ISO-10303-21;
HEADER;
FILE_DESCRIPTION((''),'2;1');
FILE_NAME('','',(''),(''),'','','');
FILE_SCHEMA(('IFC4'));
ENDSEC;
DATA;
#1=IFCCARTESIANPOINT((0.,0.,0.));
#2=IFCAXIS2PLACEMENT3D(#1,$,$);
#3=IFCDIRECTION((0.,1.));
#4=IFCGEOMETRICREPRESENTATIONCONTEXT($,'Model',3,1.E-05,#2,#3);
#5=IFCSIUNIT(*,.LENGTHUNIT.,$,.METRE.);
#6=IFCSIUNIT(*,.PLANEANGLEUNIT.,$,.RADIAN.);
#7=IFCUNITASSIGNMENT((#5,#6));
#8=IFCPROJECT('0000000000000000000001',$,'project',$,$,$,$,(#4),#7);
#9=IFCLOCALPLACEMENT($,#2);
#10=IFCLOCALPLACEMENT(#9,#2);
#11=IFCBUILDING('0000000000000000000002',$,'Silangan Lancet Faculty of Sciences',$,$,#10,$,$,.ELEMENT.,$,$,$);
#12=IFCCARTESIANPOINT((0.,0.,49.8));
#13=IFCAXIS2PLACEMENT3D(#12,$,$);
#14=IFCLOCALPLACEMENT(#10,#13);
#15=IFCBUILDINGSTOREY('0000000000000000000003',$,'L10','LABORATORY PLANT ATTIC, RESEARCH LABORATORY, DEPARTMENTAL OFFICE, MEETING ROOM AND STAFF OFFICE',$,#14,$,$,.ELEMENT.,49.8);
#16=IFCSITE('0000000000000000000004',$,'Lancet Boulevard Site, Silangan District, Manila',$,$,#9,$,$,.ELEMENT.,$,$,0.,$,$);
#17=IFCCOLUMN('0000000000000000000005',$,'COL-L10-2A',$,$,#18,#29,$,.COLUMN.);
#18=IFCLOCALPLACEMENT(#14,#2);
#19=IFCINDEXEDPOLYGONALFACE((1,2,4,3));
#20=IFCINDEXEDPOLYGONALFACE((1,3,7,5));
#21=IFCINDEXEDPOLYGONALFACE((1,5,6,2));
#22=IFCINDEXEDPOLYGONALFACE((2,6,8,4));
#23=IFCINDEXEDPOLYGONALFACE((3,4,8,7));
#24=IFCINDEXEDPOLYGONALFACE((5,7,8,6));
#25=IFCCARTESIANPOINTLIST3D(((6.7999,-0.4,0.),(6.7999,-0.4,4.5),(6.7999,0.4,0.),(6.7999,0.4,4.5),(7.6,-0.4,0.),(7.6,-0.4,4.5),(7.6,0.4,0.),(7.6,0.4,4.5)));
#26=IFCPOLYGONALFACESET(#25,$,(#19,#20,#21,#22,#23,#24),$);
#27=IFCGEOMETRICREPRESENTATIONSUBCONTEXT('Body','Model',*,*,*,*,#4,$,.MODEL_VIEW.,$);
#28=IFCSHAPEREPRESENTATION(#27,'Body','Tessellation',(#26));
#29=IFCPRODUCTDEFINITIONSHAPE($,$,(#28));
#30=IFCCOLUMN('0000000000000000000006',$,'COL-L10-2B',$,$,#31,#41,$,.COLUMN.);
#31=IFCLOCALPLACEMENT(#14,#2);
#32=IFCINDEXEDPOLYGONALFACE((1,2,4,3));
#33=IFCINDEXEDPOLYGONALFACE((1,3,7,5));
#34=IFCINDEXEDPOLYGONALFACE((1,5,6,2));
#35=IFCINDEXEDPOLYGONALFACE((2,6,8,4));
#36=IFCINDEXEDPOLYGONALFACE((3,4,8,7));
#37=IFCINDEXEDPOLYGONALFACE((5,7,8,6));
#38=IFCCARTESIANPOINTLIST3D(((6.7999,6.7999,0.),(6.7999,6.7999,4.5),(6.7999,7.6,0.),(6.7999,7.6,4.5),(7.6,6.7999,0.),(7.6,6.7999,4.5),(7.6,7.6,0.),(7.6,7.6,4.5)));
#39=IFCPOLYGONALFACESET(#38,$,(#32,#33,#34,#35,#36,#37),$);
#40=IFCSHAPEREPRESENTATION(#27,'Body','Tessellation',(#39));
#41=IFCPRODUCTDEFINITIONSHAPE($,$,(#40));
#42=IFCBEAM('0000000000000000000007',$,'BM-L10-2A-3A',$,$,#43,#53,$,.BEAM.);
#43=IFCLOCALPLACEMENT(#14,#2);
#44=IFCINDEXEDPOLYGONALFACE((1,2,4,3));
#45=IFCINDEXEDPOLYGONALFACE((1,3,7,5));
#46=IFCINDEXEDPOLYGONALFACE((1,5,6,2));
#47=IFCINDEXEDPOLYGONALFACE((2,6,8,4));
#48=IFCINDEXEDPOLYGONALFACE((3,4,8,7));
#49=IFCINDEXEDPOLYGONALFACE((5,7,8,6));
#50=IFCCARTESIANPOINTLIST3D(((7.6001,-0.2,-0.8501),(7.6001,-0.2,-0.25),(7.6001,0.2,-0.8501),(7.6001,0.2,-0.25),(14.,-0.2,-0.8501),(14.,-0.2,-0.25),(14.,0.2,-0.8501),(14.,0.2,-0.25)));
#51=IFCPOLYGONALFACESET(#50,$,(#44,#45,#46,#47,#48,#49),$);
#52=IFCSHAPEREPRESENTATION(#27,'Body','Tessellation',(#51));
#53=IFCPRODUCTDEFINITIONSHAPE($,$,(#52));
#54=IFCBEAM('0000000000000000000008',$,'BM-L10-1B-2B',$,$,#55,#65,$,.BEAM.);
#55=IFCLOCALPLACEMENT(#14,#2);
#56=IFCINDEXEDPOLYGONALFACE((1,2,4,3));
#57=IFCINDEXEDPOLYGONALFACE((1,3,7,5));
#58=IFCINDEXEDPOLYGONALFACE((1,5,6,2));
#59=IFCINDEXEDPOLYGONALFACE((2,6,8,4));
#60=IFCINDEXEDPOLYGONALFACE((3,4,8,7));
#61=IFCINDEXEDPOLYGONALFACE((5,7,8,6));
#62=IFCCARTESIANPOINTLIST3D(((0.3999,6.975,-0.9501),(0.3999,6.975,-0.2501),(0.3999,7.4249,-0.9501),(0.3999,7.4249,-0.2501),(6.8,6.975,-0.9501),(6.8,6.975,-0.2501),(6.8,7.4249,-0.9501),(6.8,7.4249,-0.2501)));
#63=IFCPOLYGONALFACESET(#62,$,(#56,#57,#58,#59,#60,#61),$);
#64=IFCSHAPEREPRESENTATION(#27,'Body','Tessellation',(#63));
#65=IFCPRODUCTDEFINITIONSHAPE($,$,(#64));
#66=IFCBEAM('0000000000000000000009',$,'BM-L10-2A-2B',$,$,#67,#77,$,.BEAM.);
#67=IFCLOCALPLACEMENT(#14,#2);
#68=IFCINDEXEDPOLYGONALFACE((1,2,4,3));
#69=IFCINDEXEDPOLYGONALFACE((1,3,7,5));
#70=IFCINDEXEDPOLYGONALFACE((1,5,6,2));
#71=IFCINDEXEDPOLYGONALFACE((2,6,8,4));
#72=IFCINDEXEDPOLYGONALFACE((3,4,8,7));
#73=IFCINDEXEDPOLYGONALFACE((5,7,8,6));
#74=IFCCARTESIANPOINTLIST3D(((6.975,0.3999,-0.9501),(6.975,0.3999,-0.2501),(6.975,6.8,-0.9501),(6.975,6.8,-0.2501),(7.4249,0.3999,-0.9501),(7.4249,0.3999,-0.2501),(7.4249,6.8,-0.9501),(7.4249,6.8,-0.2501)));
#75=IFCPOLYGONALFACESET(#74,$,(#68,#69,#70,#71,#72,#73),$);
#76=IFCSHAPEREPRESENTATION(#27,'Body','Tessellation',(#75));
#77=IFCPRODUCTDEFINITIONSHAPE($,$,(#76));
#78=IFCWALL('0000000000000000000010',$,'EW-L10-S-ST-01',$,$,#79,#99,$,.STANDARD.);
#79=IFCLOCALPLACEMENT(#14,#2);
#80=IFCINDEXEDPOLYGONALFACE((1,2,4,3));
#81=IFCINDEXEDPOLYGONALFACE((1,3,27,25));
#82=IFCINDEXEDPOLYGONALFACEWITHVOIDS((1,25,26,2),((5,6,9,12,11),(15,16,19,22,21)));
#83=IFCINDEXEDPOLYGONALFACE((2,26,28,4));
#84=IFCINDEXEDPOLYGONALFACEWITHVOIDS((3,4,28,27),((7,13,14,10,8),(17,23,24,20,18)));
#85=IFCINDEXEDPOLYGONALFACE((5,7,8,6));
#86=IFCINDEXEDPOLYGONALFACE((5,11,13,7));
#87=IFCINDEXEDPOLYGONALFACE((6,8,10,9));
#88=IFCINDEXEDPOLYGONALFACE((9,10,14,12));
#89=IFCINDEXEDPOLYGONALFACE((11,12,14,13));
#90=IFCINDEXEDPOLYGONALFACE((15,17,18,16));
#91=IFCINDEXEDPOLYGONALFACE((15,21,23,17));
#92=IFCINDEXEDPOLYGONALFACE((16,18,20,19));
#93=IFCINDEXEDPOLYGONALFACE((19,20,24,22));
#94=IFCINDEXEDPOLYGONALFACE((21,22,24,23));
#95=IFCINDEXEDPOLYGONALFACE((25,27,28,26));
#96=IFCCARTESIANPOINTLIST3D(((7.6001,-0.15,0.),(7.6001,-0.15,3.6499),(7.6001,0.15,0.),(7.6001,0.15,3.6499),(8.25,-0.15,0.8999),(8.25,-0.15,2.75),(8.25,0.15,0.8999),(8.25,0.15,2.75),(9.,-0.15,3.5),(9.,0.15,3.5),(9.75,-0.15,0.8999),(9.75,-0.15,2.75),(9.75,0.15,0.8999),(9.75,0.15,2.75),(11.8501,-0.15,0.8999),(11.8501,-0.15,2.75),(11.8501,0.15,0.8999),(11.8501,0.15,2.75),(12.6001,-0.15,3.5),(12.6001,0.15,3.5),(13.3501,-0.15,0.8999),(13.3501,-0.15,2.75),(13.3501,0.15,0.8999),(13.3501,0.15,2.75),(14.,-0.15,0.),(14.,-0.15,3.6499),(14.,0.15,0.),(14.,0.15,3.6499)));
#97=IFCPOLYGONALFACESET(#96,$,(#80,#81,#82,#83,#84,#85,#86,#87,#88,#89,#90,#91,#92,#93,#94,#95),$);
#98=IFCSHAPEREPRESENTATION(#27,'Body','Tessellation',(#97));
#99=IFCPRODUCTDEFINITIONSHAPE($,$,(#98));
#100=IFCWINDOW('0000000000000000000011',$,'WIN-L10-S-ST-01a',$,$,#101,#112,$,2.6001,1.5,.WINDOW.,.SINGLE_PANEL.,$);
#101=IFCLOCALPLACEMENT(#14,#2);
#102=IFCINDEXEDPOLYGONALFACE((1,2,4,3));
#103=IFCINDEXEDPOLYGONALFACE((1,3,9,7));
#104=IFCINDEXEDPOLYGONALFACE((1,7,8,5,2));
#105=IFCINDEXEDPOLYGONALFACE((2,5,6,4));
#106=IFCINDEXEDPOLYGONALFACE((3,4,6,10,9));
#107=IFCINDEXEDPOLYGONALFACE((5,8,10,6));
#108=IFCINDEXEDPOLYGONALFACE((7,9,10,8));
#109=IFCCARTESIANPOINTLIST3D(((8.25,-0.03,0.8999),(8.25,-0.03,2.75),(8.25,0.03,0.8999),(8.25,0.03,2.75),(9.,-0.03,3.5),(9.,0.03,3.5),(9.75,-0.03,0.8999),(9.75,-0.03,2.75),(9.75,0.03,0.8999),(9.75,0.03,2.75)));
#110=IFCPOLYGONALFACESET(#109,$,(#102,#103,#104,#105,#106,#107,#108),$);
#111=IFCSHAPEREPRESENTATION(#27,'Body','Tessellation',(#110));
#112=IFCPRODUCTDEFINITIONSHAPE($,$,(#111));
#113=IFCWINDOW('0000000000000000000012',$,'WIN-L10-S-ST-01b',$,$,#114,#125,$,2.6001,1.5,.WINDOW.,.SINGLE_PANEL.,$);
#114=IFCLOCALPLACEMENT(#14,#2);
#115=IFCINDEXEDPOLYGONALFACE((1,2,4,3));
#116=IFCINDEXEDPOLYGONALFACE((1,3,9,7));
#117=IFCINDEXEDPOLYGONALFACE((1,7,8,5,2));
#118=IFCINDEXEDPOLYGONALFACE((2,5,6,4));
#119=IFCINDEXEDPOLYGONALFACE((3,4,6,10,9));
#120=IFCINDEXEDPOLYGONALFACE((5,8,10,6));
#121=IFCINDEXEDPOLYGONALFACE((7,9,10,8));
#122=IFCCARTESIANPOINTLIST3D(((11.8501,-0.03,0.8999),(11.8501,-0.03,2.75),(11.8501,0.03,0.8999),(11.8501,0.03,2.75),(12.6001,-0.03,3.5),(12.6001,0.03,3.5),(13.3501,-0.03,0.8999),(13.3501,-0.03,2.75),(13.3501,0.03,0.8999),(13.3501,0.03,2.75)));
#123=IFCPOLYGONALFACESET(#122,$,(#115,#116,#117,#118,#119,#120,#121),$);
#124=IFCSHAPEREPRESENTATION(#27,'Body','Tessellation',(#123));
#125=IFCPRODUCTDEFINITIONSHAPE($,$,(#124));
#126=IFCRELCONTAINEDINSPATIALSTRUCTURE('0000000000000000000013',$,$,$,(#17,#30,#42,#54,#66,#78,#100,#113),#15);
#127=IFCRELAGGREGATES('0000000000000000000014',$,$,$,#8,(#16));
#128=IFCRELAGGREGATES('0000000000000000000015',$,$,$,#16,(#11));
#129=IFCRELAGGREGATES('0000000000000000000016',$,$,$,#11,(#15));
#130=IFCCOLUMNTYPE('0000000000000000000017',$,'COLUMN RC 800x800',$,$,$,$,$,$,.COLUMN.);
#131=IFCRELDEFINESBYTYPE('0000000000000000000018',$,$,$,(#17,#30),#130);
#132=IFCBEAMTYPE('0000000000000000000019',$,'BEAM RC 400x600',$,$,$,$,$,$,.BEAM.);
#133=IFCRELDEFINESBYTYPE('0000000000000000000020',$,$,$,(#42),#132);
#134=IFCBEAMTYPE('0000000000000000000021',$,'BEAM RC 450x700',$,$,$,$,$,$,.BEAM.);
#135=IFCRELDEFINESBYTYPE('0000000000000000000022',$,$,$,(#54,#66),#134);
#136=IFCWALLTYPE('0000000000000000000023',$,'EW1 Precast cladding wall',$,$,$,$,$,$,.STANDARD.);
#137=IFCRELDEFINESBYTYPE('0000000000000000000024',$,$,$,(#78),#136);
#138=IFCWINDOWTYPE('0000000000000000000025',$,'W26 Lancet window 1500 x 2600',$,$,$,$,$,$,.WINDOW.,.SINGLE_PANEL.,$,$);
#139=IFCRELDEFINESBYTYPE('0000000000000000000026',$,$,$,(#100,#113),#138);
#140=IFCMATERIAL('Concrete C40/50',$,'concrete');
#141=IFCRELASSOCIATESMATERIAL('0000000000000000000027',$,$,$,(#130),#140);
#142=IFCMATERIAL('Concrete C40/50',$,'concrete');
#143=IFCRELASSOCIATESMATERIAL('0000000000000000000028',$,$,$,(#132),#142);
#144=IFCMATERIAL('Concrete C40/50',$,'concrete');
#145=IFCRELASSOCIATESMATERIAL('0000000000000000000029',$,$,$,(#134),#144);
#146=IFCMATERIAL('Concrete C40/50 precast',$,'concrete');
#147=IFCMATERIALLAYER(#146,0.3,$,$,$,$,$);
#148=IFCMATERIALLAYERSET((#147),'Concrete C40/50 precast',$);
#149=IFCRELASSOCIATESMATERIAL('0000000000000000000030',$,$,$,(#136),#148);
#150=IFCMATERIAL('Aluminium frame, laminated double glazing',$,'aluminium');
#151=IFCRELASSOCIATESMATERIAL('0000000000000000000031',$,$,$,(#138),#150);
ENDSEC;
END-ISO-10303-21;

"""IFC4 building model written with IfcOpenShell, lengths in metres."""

from ifc_helpers import new_model, si_unit, direction, frame, frame_2d, origin, origin_2d, place, context, subcontext, project, spatial, polyline, rectangle, outline, extrude, material, layer, layer_set, material_profile, profile_set, type_object, element, fill, save


model = new_model("IFC4")

# Units and contexts
model_context = context("Model", 3, precision=1e-05, world=origin(), true_north=direction((0.0, 1.0)))
body_context = subcontext(model_context, "Body", "Model", "MODEL_VIEW")
ifc_project = project(units=[si_unit("LENGTHUNIT", "METRE"), si_unit("PLANEANGLEUNIT", "RADIAN")], contexts=[model_context])

# Site, building, storey
site_placement = place(None, origin())
site = spatial("IfcSite", under=ifc_project, at=site_placement, Name="Lancet Boulevard Site, Silangan District, Manila", CompositionType="ELEMENT", RefElevation=0.0)
building_placement = place(site_placement, origin())
building = spatial("IfcBuilding", under=site, at=building_placement, Name="Silangan Lancet Faculty of Sciences", CompositionType="ELEMENT")
storey_placement = place(building_placement, frame((0.0, 0.0, 49.8)))
storey = spatial("IfcBuildingStorey", under=building, at=storey_placement, Name="L10", Description="LABORATORY PLANT ATTIC, RESEARCH LABORATORY, DEPARTMENTAL OFFICE, MEETING ROOM AND STAFF OFFICE", CompositionType="ELEMENT", Elevation=49.8)

# Columns
ifc_material_1 = material(Name="Concrete C40/50", Category="concrete")
ifc_material_profile_1 = material_profile(ifc_material_1, rectangle(XDim=0.8, YDim=0.8, at=origin_2d()), Name="RC 800x800")
ifc_profile_set_1 = profile_set([ifc_material_profile_1], Name="Concrete C40/50")
column_type = type_object("IfcColumnType", Name="COLUMN RC 800x800", PredefinedType="COLUMN", material=ifc_profile_set_1)
for number, where, z_axis, x_axis, name in (
    (1, (7.2, 0.0, 0.0), (0.0, 0.0, 1.0), (1.0, 0.0, 0.0), "COL-L10-2A"),
    (2, (7.2, 7.2, 0.0), (0.0, 0.0, 1.0), (1.0, 0.0, 0.0), "COL-L10-2B"),
):
    element("IfcColumn", number, at=place(storey_placement, frame(where, z_axis=z_axis, x_axis=x_axis)), inside=storey, type_object=column_type, Name=name, PredefinedType="COLUMN", context=body_context, shape_type="SweptSolid", body=[
        extrude(rectangle(XDim=0.8, YDim=0.8, at=origin_2d()), origin(), (0.0, 0.0, 1.0), 4.5),
    ])

# Beams
ifc_material_2 = material(Name="Concrete C40/50", Category="concrete")
ifc_material_profile_2 = material_profile(ifc_material_2, rectangle(XDim=0.3999, YDim=0.6001, at=origin_2d()), Name="RC 400x600")
ifc_profile_set_2 = profile_set([ifc_material_profile_2], Name="Concrete C40/50")
beam_type_1 = type_object("IfcBeamType", Name="BEAM RC 400x600", PredefinedType="BEAM", material=ifc_profile_set_2)
beam_placement = place(storey_placement, frame((7.6001, 0.0, -0.55), z_axis=(1.0, 0.0, 0.0), x_axis=(0.0, 1.0, 0.0)))
element("IfcBeam", 3, at=beam_placement, inside=storey, type_object=beam_type_1, Name="BM-L10-2A-3A", PredefinedType="BEAM", context=body_context, shape_type="SweptSolid", body=[
    extrude(rectangle(XDim=0.3999, YDim=0.6001, at=origin_2d()), origin(), (0.0, 0.0, 1.0), 6.3999),
])
ifc_material_3 = material(Name="Concrete C40/50", Category="concrete")
ifc_material_profile_3 = material_profile(ifc_material_3, rectangle(XDim=0.45, YDim=0.7, at=origin_2d()), Name="RC 450x700")
ifc_profile_set_3 = profile_set([ifc_material_profile_3], Name="Concrete C40/50")
beam_type_2 = type_object("IfcBeamType", Name="BEAM RC 450x700", PredefinedType="BEAM", material=ifc_profile_set_3)
for number, where, z_axis, x_axis, name in (
    (4, (0.3999, 7.2, -0.6001), (1.0, 0.0, 0.0), (0.0, 1.0, 0.0), "BM-L10-1B-2B"),
    (5, (7.2, 0.3999, -0.6001), (0.0, 1.0, 0.0), (-1.0, 0.0, 0.0), "BM-L10-2A-2B"),
):
    element("IfcBeam", number, at=place(storey_placement, frame(where, z_axis=z_axis, x_axis=x_axis)), inside=storey, type_object=beam_type_2, Name=name, PredefinedType="BEAM", context=body_context, shape_type="SweptSolid", body=[
        extrude(rectangle(XDim=0.45, YDim=0.7, at=origin_2d()), origin(), (0.0, 0.0, 1.0), 6.4001),
    ])

# Wall, openings, windows
ifc_material_4 = material(Name="Concrete C40/50 precast", Category="concrete")
ifc_layer_1 = layer(ifc_material_4, 0.3)
ifc_layer_set_1 = layer_set([ifc_layer_1], Name="Concrete C40/50 precast")
wall_type_1 = type_object("IfcWallType", Name="EW1 Precast cladding wall", PredefinedType="STANDARD", material=ifc_layer_set_1)
wall_1_placement = place(storey_placement, frame((7.6001, 0.0, 0.0), z_axis=(0.0, 0.0, 1.0), x_axis=(1.0, 0.0, 0.0)))
wall_1 = element("IfcWall", 6, at=wall_1_placement, inside=storey, type_object=wall_type_1, Name="EW-L10-S-ST-01", PredefinedType="STANDARD", context=body_context, shape_type="SweptSolid", body=[
    extrude(rectangle(XDim=6.3999, YDim=0.3, at=frame_2d((3.2, 0.0))), origin(), (0.0, 0.0, 1.0), 3.6499),
])
opening_1_placement = place(wall_1_placement, frame((0.6499, 0.0, 0.8999)))
opening_1 = element("IfcOpeningElement", 7, at=opening_1_placement, cuts=wall_1, PredefinedType="OPENING", context=body_context, shape_type="SweptSolid", body=[
    extrude(outline(polyline([(0.0, 0.0), (1.5, 0.0), (1.5, 1.8501), (0.75, 2.6001), (0.0, 1.8501), (0.0, 0.0)])), frame((0.0, 0.1599, 0.0), z_axis=(0.0, -1.0, 0.0), x_axis=(1.0, 0.0, 0.0)), (0.0, 0.0, 1.0), 0.3201),
])
opening_2_placement = place(wall_1_placement, frame((4.25, 0.0, 0.8999)))
opening_2 = element("IfcOpeningElement", 8, at=opening_2_placement, cuts=wall_1, PredefinedType="OPENING", context=body_context, shape_type="SweptSolid", body=[
    extrude(outline(polyline([(0.0, 0.0), (1.5, 0.0), (1.5, 1.8501), (0.75, 2.6001), (0.0, 1.8501), (0.0, 0.0)])), frame((0.0, 0.1599, 0.0), z_axis=(0.0, -1.0, 0.0), x_axis=(1.0, 0.0, 0.0)), (0.0, 0.0, 1.0), 0.3201),
])
ifc_material_5 = material(Name="Aluminium frame, laminated double glazing", Category="aluminium")
window_type = type_object("IfcWindowType", Name="W26 Lancet window 1500 x 2600", PartitioningType="SINGLE_PANEL", PredefinedType="WINDOW", material=ifc_material_5)
window_1_placement = place(opening_1_placement, origin())
window_1 = element("IfcWindow", 9, at=window_1_placement, inside=storey, type_object=window_type, Name="WIN-L10-S-ST-01a", OverallHeight=2.6001, OverallWidth=1.5, PartitioningType="SINGLE_PANEL", PredefinedType="WINDOW", context=body_context, shape_type="SweptSolid", body=[
    extrude(outline(polyline([(0.0, 0.0), (1.5, 0.0), (1.5, 1.8501), (0.75, 2.6001), (0.0, 1.8501), (0.0, 0.0)])), frame((0.0, 0.03, 0.0), z_axis=(0.0, -1.0, 0.0), x_axis=(1.0, 0.0, 0.0)), (0.0, 0.0, 1.0), 0.0601),
])
fill(opening_1, window_1)
window_2_placement = place(opening_2_placement, origin())
window_2 = element("IfcWindow", 10, at=window_2_placement, inside=storey, type_object=window_type, Name="WIN-L10-S-ST-01b", OverallHeight=2.6001, OverallWidth=1.5, PartitioningType="SINGLE_PANEL", PredefinedType="WINDOW", context=body_context, shape_type="SweptSolid", body=[
    extrude(outline(polyline([(0.0, 0.0), (1.5, 0.0), (1.5, 1.8501), (0.75, 2.6001), (0.0, 1.8501), (0.0, 0.0)])), frame((0.0, 0.03, 0.0), z_axis=(0.0, -1.0, 0.0), x_axis=(1.0, 0.0, 0.0)), (0.0, 0.0, 1.0), 0.0601),
])
fill(opening_2, window_2)

save(model, "model.ifc")
